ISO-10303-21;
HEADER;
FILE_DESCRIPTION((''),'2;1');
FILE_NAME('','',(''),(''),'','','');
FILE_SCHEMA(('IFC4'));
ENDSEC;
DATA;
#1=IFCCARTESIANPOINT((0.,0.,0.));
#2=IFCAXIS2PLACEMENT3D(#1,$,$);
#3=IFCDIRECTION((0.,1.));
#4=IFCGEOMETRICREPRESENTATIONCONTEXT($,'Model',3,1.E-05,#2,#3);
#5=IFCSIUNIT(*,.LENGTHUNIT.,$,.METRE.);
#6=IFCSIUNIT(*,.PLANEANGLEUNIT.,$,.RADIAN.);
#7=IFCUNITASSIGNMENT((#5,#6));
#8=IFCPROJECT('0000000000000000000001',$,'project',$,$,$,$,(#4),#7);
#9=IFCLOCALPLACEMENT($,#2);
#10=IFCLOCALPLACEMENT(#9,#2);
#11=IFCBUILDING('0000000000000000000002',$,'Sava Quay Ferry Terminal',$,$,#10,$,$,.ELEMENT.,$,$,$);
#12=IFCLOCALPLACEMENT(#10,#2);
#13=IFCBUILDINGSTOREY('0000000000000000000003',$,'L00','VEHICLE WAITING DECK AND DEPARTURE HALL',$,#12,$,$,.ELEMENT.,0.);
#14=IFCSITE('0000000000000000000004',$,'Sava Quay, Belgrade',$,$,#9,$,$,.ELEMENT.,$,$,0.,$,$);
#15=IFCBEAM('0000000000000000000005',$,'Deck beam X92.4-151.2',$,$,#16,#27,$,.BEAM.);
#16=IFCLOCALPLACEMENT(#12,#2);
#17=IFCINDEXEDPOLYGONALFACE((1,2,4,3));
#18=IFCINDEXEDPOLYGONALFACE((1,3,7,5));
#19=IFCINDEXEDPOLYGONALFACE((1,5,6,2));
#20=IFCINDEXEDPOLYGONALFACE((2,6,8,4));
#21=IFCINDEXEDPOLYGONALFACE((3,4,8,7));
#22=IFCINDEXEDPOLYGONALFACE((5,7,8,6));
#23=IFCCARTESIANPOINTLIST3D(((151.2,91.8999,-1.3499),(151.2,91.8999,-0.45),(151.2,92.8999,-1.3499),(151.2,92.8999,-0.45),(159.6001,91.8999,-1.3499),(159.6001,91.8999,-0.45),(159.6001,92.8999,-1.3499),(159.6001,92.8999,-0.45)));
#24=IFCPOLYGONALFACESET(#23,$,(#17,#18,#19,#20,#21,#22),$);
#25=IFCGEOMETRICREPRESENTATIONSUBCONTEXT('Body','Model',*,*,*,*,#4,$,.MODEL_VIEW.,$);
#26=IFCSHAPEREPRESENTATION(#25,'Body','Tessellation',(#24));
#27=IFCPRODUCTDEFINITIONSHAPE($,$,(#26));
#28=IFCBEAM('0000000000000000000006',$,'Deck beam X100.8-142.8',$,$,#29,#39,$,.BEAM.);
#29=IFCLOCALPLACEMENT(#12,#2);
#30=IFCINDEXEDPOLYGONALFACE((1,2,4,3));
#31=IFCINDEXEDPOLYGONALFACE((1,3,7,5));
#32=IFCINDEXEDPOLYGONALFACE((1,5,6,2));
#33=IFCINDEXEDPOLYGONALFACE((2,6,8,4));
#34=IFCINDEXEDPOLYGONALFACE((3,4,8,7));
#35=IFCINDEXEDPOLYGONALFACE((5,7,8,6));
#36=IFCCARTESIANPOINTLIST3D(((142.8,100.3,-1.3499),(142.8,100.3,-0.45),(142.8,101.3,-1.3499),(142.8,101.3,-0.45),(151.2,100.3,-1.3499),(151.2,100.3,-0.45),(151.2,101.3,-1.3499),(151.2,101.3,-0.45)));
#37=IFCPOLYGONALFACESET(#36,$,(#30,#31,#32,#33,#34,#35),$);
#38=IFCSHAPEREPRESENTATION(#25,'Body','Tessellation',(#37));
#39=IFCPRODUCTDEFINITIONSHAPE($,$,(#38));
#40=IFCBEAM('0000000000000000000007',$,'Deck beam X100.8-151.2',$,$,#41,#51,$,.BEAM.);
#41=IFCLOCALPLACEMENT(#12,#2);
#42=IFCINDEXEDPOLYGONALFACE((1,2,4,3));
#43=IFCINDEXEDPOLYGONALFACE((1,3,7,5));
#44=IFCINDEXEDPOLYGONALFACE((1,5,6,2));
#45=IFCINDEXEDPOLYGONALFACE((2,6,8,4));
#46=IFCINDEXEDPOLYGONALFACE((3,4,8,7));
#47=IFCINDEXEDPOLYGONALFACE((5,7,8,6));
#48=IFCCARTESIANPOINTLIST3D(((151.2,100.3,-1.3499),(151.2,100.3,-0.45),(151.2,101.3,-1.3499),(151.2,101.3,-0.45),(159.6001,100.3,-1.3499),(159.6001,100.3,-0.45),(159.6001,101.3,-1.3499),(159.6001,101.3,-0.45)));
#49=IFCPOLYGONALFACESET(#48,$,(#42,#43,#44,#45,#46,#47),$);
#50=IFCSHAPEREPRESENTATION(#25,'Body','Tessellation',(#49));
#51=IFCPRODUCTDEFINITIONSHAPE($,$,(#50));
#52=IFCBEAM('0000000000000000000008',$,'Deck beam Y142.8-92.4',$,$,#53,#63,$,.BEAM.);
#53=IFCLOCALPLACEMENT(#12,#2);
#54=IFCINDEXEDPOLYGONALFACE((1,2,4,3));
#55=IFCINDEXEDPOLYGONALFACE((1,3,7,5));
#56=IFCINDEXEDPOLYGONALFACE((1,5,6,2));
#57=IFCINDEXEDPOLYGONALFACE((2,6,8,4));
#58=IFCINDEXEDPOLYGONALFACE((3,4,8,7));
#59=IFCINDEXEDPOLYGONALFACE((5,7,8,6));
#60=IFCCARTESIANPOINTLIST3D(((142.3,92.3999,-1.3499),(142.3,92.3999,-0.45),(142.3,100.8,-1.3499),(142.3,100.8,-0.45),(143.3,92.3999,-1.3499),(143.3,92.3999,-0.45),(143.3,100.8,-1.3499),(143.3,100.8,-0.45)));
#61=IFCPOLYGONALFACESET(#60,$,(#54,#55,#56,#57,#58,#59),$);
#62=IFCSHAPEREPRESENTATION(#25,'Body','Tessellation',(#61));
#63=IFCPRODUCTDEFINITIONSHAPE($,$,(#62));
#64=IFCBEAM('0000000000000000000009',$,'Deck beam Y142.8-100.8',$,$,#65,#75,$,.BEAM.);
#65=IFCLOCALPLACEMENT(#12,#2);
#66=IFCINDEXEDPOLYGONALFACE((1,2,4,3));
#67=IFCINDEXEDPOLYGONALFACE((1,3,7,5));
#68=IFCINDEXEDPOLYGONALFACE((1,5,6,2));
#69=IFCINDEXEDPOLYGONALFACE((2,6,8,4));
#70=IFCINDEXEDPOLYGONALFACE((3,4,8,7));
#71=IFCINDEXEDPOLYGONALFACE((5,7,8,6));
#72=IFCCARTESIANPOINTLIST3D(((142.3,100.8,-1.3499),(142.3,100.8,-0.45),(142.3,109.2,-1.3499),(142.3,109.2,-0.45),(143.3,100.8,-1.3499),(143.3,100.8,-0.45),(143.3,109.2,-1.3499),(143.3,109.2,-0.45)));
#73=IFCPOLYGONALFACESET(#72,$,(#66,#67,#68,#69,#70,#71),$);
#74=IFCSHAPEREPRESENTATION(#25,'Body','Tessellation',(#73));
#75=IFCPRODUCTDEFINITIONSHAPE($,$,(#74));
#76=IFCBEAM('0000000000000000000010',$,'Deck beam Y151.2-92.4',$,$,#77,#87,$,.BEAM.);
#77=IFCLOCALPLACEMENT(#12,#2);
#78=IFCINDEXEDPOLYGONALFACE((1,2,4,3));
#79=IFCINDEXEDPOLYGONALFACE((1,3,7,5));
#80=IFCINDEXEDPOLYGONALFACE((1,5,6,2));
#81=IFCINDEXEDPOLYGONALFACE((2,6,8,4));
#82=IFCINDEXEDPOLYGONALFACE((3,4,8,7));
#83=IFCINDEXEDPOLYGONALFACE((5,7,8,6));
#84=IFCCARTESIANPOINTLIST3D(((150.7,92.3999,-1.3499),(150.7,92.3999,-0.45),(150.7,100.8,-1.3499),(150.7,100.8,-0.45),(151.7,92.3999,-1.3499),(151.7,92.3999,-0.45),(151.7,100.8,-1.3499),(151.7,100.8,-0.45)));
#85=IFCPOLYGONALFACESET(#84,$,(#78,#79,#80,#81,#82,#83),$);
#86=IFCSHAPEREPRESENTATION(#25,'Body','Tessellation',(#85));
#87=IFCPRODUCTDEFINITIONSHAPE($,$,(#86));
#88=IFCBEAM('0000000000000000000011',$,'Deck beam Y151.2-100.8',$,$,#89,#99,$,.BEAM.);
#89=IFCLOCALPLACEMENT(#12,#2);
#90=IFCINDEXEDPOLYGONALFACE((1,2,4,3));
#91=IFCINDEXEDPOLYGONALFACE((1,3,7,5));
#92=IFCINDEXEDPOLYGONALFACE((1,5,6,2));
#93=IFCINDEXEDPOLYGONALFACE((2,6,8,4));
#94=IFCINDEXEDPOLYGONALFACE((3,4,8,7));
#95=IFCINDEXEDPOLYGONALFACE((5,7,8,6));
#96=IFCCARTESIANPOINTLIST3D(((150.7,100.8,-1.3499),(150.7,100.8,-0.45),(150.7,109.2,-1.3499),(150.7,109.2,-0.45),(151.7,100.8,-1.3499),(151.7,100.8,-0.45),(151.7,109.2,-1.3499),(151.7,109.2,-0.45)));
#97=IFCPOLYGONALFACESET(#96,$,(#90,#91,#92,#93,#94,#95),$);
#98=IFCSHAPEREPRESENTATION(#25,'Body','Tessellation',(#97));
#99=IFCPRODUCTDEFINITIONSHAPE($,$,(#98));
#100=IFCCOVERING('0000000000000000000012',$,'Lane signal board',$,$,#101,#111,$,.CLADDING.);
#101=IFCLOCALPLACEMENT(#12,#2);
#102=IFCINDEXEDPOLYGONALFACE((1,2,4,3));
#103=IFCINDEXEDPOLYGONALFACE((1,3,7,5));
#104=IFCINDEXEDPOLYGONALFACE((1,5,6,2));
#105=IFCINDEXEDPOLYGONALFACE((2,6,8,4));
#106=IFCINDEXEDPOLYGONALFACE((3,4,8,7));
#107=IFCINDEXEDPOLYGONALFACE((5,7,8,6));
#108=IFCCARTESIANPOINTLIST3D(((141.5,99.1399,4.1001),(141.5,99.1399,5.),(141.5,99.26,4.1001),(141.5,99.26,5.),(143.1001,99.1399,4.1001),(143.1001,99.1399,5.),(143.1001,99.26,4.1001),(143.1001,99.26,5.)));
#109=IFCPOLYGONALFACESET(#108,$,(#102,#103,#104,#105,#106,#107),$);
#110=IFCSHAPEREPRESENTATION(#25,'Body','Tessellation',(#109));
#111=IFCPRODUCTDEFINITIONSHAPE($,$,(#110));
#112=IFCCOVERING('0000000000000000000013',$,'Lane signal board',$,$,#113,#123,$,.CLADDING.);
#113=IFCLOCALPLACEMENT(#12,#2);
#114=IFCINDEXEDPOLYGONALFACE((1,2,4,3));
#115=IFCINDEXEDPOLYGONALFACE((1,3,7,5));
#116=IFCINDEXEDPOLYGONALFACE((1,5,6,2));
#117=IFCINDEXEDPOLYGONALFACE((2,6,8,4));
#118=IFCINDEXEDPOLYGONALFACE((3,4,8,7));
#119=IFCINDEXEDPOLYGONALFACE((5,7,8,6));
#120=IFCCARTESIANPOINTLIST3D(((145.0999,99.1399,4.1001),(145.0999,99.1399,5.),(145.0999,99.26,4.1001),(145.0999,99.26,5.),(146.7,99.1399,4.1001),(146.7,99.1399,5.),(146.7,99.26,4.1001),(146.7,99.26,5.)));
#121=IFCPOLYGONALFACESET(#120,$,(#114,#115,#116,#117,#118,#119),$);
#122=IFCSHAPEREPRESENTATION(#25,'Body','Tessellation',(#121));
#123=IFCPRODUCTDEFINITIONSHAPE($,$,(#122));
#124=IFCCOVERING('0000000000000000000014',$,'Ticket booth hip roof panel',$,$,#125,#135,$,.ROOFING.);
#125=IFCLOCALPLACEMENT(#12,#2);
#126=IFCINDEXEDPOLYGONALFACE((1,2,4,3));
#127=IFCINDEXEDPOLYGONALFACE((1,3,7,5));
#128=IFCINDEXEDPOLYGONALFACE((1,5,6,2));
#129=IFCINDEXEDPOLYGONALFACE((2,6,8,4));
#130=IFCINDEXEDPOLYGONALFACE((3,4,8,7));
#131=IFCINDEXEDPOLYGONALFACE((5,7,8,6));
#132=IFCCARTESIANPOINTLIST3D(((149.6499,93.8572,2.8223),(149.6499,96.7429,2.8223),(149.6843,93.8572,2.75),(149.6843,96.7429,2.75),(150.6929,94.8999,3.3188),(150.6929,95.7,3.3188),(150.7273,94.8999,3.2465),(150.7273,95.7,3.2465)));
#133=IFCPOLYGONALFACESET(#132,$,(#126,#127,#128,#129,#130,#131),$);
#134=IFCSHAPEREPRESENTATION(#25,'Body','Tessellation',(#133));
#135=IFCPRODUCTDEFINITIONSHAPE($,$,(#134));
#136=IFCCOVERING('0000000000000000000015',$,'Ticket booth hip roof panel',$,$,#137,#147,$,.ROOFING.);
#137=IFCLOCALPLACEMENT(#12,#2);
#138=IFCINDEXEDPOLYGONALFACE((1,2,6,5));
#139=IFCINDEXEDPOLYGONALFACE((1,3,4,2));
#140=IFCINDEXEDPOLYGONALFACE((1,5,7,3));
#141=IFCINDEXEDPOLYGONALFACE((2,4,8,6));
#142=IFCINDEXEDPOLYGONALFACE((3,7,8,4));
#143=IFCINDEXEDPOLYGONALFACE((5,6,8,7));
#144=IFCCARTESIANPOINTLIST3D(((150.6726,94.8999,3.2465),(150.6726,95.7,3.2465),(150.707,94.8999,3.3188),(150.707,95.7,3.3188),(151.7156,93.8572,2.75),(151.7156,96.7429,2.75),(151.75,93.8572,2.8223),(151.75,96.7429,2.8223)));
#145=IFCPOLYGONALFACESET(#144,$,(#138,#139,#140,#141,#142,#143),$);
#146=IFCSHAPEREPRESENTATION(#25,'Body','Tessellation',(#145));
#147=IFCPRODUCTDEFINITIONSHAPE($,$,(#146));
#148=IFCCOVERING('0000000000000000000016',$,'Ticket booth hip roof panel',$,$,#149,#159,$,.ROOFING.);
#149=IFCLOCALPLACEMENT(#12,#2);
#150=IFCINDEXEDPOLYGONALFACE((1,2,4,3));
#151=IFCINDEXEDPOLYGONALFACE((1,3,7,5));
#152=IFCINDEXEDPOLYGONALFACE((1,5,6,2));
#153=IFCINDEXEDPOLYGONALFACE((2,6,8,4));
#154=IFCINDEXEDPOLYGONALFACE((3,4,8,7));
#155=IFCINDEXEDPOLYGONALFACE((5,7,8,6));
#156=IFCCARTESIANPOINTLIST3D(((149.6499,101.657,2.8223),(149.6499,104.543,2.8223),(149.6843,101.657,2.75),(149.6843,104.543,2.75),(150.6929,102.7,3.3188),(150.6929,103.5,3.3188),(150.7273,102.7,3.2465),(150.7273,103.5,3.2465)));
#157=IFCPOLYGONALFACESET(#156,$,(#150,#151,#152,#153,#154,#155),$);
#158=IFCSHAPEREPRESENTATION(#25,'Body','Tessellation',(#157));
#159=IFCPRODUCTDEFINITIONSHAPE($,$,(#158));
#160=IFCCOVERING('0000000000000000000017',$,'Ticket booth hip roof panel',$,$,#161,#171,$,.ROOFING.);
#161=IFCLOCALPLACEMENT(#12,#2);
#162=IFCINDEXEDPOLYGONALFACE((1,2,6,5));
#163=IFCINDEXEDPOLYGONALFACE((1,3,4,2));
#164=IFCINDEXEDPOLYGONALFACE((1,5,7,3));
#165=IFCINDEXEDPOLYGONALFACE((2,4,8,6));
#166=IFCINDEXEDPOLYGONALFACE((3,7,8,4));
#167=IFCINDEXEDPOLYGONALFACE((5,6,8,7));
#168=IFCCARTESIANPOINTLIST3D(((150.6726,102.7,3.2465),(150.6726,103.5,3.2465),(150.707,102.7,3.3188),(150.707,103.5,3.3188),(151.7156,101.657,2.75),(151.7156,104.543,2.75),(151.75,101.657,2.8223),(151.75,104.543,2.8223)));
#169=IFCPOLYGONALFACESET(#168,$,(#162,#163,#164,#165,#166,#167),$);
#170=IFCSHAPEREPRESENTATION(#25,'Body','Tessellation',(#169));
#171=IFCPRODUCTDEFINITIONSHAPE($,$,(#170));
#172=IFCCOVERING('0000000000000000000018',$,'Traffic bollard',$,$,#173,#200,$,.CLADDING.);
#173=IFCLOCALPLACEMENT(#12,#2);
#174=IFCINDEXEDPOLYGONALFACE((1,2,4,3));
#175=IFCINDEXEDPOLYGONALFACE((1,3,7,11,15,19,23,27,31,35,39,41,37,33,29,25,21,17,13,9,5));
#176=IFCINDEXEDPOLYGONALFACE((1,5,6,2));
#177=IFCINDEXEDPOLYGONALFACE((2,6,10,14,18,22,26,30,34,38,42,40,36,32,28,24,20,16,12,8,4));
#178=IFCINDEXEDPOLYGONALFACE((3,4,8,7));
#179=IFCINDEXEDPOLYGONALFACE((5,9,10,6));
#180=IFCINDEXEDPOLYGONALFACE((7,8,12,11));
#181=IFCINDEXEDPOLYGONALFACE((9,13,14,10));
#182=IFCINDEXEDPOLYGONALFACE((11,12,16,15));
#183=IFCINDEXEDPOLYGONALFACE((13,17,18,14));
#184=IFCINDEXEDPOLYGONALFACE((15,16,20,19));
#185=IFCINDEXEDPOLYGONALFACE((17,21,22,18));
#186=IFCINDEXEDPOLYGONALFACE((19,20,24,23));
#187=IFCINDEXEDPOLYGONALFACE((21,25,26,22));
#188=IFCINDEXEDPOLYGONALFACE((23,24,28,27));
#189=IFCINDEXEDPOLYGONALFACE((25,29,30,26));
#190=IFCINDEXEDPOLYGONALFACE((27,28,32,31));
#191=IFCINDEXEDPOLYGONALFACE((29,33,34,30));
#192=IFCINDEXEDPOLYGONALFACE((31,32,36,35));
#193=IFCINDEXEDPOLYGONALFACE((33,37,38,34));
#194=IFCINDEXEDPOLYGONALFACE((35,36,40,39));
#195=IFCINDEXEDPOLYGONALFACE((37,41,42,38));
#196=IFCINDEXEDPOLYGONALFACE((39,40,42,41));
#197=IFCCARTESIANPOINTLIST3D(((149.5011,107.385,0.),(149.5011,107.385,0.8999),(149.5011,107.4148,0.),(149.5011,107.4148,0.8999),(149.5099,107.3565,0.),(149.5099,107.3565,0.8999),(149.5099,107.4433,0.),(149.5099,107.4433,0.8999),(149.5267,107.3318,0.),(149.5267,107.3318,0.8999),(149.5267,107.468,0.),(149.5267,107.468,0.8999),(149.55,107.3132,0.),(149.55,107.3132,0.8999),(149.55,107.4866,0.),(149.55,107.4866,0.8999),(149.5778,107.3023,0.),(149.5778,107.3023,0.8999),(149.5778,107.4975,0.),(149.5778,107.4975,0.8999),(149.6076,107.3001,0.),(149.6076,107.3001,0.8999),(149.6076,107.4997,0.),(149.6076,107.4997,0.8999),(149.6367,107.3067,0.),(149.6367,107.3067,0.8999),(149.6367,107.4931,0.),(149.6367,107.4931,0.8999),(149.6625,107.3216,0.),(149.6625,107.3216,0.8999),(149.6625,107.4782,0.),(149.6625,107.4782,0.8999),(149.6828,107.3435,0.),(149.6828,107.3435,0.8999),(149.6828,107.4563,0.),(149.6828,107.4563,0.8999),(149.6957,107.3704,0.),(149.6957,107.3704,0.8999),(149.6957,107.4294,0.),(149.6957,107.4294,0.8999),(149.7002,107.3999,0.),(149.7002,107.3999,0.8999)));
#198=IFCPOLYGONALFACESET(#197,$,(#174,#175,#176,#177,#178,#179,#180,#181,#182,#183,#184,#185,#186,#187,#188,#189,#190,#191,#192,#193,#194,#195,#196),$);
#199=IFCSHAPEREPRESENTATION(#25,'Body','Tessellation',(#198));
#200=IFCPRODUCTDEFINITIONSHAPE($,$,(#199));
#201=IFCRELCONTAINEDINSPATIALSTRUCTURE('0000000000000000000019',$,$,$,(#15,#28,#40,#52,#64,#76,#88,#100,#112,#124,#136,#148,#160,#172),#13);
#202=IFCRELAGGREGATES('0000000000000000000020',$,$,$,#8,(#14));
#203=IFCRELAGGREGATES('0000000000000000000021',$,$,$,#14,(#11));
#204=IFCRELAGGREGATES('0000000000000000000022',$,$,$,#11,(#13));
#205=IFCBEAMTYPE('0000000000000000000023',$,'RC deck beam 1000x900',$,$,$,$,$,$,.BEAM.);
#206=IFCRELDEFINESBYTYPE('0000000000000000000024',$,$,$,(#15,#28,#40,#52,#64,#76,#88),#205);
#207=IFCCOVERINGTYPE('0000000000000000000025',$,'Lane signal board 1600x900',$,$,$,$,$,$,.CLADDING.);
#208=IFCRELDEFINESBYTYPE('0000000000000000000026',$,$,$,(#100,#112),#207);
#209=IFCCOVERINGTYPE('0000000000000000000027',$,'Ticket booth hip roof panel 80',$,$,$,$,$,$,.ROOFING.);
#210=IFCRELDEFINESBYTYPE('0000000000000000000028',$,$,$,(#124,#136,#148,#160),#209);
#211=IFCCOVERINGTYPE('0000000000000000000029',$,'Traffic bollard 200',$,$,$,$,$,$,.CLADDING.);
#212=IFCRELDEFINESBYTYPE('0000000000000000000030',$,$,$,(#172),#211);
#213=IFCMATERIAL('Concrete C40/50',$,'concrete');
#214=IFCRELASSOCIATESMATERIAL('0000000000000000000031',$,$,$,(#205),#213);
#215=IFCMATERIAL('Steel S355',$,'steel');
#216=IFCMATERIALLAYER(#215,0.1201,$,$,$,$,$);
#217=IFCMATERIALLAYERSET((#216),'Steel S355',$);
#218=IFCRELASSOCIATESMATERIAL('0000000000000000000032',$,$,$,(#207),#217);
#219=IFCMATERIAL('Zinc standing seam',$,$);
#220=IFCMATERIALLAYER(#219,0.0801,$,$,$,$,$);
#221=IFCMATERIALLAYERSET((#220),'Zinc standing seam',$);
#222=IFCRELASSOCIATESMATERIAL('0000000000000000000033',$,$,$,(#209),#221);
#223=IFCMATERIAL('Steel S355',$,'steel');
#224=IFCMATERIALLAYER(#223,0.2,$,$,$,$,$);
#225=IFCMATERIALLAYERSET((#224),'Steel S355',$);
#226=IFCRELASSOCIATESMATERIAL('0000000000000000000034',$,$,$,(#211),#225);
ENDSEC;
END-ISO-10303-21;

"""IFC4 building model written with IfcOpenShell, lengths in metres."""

from ifc_helpers import new_model, si_unit, direction, frame, origin, origin_2d, place, context, subcontext, project, spatial, polyline, rectangle, circle, outline, extrude, material, layer, layer_set, material_profile, profile_set, type_object, element, save


model = new_model("IFC4")

# Units and contexts
model_context = context("Model", 3, precision=1e-05, world=origin(), true_north=direction((0.0, 1.0)))
body_context = subcontext(model_context, "Body", "Model", "MODEL_VIEW")
ifc_project = project(units=[si_unit("LENGTHUNIT", "METRE"), si_unit("PLANEANGLEUNIT", "RADIAN")], contexts=[model_context])

# Site, building, storey
site_placement = place(None, origin())
site = spatial("IfcSite", under=ifc_project, at=site_placement, Name="Sava Quay, Belgrade", CompositionType="ELEMENT", RefElevation=0.0)
building_placement = place(site_placement, origin())
building = spatial("IfcBuilding", under=site, at=building_placement, Name="Sava Quay Ferry Terminal", CompositionType="ELEMENT")
storey_placement = place(building_placement, origin())
storey = spatial("IfcBuildingStorey", under=building, at=storey_placement, Name="L00", Description="VEHICLE WAITING DECK AND DEPARTURE HALL", CompositionType="ELEMENT", Elevation=0.0)

# Beams
ifc_material_1 = material(Name="Concrete C40/50", Category="concrete")
ifc_material_profile_1 = material_profile(ifc_material_1, rectangle(XDim=1.0, YDim=0.8999, at=origin_2d()), Name="RC 1000x900")
ifc_profile_set_1 = profile_set([ifc_material_profile_1], Name="Concrete C40/50")
beam_type = type_object("IfcBeamType", Name="RC deck beam 1000x900", PredefinedType="BEAM", material=ifc_profile_set_1)
beam_1_placement = place(storey_placement, frame((151.2, 92.3999, -0.8999), z_axis=(1.0, 0.0, 0.0), x_axis=(0.0, 1.0, 0.0)))
element("IfcBeam", 1, at=beam_1_placement, inside=storey, type_object=beam_type, Name="Deck beam X92.4-151.2", PredefinedType="BEAM", context=body_context, shape_type="SweptSolid", body=[
    extrude(rectangle(XDim=1.0, YDim=0.8999, at=origin_2d()), origin(), (0.0, 0.0, 1.0), 8.4001),
])
beam_2_placement = place(storey_placement, frame((142.8, 100.8, -0.8999), z_axis=(1.0, 0.0, 0.0), x_axis=(0.0, 1.0, 0.0)))
element("IfcBeam", 2, at=beam_2_placement, inside=storey, type_object=beam_type, Name="Deck beam X100.8-142.8", PredefinedType="BEAM", context=body_context, shape_type="SweptSolid", body=[
    extrude(rectangle(XDim=1.0, YDim=0.8999, at=origin_2d()), origin(), (0.0, 0.0, 1.0), 8.3999),
])
for number, where, z_axis, x_axis, name in (
    (3, (151.2, 100.8, -0.8999), (1.0, 0.0, 0.0), (0.0, 1.0, 0.0), "Deck beam X100.8-151.2"),
    (4, (142.8, 92.3999, -0.8999), (0.0, 1.0, 0.0), (-1.0, 0.0, 0.0), "Deck beam Y142.8-92.4"),
):
    element("IfcBeam", number, at=place(storey_placement, frame(where, z_axis=z_axis, x_axis=x_axis)), inside=storey, type_object=beam_type, Name=name, PredefinedType="BEAM", context=body_context, shape_type="SweptSolid", body=[
        extrude(rectangle(XDim=1.0, YDim=0.8999, at=origin_2d()), origin(), (0.0, 0.0, 1.0), 8.4001),
    ])
beam_3_placement = place(storey_placement, frame((142.8, 100.8, -0.8999), z_axis=(0.0, 1.0, 0.0), x_axis=(-1.0, 0.0, 0.0)))
element("IfcBeam", 5, at=beam_3_placement, inside=storey, type_object=beam_type, Name="Deck beam Y142.8-100.8", PredefinedType="BEAM", context=body_context, shape_type="SweptSolid", body=[
    extrude(rectangle(XDim=1.0, YDim=0.8999, at=origin_2d()), origin(), (0.0, 0.0, 1.0), 8.3999),
])
beam_4_placement = place(storey_placement, frame((151.2, 92.3999, -0.8999), z_axis=(0.0, 1.0, 0.0), x_axis=(-1.0, 0.0, 0.0)))
element("IfcBeam", 6, at=beam_4_placement, inside=storey, type_object=beam_type, Name="Deck beam Y151.2-92.4", PredefinedType="BEAM", context=body_context, shape_type="SweptSolid", body=[
    extrude(rectangle(XDim=1.0, YDim=0.8999, at=origin_2d()), origin(), (0.0, 0.0, 1.0), 8.4001),
])
beam_5_placement = place(storey_placement, frame((151.2, 100.8, -0.8999), z_axis=(0.0, 1.0, 0.0), x_axis=(-1.0, 0.0, 0.0)))
element("IfcBeam", 7, at=beam_5_placement, inside=storey, type_object=beam_type, Name="Deck beam Y151.2-100.8", PredefinedType="BEAM", context=body_context, shape_type="SweptSolid", body=[
    extrude(rectangle(XDim=1.0, YDim=0.8999, at=origin_2d()), origin(), (0.0, 0.0, 1.0), 8.3999),
])

# Coverings
ifc_material_2 = material(Name="Steel S355", Category="steel")
ifc_layer_1 = layer(ifc_material_2, 0.1201)
ifc_layer_set_1 = layer_set([ifc_layer_1], Name="Steel S355")
covering_type_1 = type_object("IfcCoveringType", Name="Lane signal board 1600x900", PredefinedType="CLADDING", material=ifc_layer_set_1)
for number, where, z_axis, x_axis, name in (
    (8, (142.3, 99.2, 4.1001), (0.0, 0.0, 1.0), (1.0, 0.0, 0.0), "Lane signal board"),
    (9, (145.8999, 99.2, 4.1001), (0.0, 0.0, 1.0), (1.0, 0.0, 0.0), "Lane signal board"),
):
    element("IfcCovering", number, at=place(storey_placement, frame(where, z_axis=z_axis, x_axis=x_axis)), inside=storey, type_object=covering_type_1, Name=name, PredefinedType="CLADDING", context=body_context, shape_type="SweptSolid", body=[
        extrude(rectangle(XDim=1.6001, YDim=0.1201, at=origin_2d()), origin(), (0.0, 0.0, 1.0), 0.8999),
    ])
ifc_material_3 = material(Name="Zinc standing seam")
ifc_layer_2 = layer(ifc_material_3, 0.0801)
ifc_layer_set_2 = layer_set([ifc_layer_2], Name="Zinc standing seam")
covering_type_2 = type_object("IfcCoveringType", Name="Ticket booth hip roof panel 80", PredefinedType="ROOFING", material=ifc_layer_set_2)
covering_1_placement = place(storey_placement, frame((149.6499, 96.7429, 2.8223), z_axis=(-0.429884, 0.0, 0.902884), x_axis=(0.0, -1.0, 0.0)))
element("IfcCovering", 10, at=covering_1_placement, inside=storey, type_object=covering_type_2, Name="Ticket booth hip roof panel", PredefinedType="ROOFING", context=body_context, shape_type="SweptSolid", body=[
    extrude(outline(polyline([(0.0, 0.0), (2.8857, 0.0), (1.843, 1.1552), (1.043, 1.1552), (0.0, 0.0)])), origin(), (0.0, 0.0, -1.0), 0.0801),
])
covering_2_placement = place(storey_placement, frame((151.75, 93.8572, 2.8223), z_axis=(0.429884, 0.0, 0.902884), x_axis=(0.0, 1.0, 0.0)))
element("IfcCovering", 11, at=covering_2_placement, inside=storey, type_object=covering_type_2, Name="Ticket booth hip roof panel", PredefinedType="ROOFING", context=body_context, shape_type="SweptSolid", body=[
    extrude(outline(polyline([(0.0, 0.0), (2.8857, 0.0), (1.8428, 1.1552), (1.0427, 1.1552), (0.0, 0.0)])), origin(), (0.0, 0.0, -1.0), 0.0801),
])
for number, where, z_axis, x_axis, name in (
    (12, (149.6499, 104.543, 2.8223), (-0.429884, 0.0, 0.902884), (0.0, -1.0, 0.0), "Ticket booth hip roof panel"),
    (13, (151.75, 101.657, 2.8223), (0.429884, 0.0, 0.902884), (0.0, 1.0, 0.0), "Ticket booth hip roof panel"),
):
    element("IfcCovering", number, at=place(storey_placement, frame(where, z_axis=z_axis, x_axis=x_axis)), inside=storey, type_object=covering_type_2, Name=name, PredefinedType="ROOFING", context=body_context, shape_type="SweptSolid", body=[
        extrude(outline(polyline([(0.0, 0.0), (2.886, 0.0), (1.843, 1.1552), (1.043, 1.1552), (0.0, 0.0)])), origin(), (0.0, 0.0, -1.0), 0.0801),
    ])
ifc_material_4 = material(Name="Steel S355", Category="steel")
ifc_layer_3 = layer(ifc_material_4, 0.2)
ifc_layer_set_3 = layer_set([ifc_layer_3], Name="Steel S355")
covering_type_3 = type_object("IfcCoveringType", Name="Traffic bollard 200", PredefinedType="CLADDING", material=ifc_layer_set_3)
covering_3_placement = place(storey_placement, frame((149.6001, 107.3999, 0.8999), z_axis=(0.0, 0.0, -1.0), x_axis=(1.0, 0.0, 0.0)))
element("IfcCovering", 14, at=covering_3_placement, inside=storey, type_object=covering_type_3, Name="Traffic bollard", PredefinedType="CLADDING", context=body_context, shape_type="SweptSolid", body=[
    extrude(circle(Radius=0.1001, at=origin_2d()), origin(), (0.0, 0.0, 1.0), 0.8999),
])

save(model, "model.ifc")
